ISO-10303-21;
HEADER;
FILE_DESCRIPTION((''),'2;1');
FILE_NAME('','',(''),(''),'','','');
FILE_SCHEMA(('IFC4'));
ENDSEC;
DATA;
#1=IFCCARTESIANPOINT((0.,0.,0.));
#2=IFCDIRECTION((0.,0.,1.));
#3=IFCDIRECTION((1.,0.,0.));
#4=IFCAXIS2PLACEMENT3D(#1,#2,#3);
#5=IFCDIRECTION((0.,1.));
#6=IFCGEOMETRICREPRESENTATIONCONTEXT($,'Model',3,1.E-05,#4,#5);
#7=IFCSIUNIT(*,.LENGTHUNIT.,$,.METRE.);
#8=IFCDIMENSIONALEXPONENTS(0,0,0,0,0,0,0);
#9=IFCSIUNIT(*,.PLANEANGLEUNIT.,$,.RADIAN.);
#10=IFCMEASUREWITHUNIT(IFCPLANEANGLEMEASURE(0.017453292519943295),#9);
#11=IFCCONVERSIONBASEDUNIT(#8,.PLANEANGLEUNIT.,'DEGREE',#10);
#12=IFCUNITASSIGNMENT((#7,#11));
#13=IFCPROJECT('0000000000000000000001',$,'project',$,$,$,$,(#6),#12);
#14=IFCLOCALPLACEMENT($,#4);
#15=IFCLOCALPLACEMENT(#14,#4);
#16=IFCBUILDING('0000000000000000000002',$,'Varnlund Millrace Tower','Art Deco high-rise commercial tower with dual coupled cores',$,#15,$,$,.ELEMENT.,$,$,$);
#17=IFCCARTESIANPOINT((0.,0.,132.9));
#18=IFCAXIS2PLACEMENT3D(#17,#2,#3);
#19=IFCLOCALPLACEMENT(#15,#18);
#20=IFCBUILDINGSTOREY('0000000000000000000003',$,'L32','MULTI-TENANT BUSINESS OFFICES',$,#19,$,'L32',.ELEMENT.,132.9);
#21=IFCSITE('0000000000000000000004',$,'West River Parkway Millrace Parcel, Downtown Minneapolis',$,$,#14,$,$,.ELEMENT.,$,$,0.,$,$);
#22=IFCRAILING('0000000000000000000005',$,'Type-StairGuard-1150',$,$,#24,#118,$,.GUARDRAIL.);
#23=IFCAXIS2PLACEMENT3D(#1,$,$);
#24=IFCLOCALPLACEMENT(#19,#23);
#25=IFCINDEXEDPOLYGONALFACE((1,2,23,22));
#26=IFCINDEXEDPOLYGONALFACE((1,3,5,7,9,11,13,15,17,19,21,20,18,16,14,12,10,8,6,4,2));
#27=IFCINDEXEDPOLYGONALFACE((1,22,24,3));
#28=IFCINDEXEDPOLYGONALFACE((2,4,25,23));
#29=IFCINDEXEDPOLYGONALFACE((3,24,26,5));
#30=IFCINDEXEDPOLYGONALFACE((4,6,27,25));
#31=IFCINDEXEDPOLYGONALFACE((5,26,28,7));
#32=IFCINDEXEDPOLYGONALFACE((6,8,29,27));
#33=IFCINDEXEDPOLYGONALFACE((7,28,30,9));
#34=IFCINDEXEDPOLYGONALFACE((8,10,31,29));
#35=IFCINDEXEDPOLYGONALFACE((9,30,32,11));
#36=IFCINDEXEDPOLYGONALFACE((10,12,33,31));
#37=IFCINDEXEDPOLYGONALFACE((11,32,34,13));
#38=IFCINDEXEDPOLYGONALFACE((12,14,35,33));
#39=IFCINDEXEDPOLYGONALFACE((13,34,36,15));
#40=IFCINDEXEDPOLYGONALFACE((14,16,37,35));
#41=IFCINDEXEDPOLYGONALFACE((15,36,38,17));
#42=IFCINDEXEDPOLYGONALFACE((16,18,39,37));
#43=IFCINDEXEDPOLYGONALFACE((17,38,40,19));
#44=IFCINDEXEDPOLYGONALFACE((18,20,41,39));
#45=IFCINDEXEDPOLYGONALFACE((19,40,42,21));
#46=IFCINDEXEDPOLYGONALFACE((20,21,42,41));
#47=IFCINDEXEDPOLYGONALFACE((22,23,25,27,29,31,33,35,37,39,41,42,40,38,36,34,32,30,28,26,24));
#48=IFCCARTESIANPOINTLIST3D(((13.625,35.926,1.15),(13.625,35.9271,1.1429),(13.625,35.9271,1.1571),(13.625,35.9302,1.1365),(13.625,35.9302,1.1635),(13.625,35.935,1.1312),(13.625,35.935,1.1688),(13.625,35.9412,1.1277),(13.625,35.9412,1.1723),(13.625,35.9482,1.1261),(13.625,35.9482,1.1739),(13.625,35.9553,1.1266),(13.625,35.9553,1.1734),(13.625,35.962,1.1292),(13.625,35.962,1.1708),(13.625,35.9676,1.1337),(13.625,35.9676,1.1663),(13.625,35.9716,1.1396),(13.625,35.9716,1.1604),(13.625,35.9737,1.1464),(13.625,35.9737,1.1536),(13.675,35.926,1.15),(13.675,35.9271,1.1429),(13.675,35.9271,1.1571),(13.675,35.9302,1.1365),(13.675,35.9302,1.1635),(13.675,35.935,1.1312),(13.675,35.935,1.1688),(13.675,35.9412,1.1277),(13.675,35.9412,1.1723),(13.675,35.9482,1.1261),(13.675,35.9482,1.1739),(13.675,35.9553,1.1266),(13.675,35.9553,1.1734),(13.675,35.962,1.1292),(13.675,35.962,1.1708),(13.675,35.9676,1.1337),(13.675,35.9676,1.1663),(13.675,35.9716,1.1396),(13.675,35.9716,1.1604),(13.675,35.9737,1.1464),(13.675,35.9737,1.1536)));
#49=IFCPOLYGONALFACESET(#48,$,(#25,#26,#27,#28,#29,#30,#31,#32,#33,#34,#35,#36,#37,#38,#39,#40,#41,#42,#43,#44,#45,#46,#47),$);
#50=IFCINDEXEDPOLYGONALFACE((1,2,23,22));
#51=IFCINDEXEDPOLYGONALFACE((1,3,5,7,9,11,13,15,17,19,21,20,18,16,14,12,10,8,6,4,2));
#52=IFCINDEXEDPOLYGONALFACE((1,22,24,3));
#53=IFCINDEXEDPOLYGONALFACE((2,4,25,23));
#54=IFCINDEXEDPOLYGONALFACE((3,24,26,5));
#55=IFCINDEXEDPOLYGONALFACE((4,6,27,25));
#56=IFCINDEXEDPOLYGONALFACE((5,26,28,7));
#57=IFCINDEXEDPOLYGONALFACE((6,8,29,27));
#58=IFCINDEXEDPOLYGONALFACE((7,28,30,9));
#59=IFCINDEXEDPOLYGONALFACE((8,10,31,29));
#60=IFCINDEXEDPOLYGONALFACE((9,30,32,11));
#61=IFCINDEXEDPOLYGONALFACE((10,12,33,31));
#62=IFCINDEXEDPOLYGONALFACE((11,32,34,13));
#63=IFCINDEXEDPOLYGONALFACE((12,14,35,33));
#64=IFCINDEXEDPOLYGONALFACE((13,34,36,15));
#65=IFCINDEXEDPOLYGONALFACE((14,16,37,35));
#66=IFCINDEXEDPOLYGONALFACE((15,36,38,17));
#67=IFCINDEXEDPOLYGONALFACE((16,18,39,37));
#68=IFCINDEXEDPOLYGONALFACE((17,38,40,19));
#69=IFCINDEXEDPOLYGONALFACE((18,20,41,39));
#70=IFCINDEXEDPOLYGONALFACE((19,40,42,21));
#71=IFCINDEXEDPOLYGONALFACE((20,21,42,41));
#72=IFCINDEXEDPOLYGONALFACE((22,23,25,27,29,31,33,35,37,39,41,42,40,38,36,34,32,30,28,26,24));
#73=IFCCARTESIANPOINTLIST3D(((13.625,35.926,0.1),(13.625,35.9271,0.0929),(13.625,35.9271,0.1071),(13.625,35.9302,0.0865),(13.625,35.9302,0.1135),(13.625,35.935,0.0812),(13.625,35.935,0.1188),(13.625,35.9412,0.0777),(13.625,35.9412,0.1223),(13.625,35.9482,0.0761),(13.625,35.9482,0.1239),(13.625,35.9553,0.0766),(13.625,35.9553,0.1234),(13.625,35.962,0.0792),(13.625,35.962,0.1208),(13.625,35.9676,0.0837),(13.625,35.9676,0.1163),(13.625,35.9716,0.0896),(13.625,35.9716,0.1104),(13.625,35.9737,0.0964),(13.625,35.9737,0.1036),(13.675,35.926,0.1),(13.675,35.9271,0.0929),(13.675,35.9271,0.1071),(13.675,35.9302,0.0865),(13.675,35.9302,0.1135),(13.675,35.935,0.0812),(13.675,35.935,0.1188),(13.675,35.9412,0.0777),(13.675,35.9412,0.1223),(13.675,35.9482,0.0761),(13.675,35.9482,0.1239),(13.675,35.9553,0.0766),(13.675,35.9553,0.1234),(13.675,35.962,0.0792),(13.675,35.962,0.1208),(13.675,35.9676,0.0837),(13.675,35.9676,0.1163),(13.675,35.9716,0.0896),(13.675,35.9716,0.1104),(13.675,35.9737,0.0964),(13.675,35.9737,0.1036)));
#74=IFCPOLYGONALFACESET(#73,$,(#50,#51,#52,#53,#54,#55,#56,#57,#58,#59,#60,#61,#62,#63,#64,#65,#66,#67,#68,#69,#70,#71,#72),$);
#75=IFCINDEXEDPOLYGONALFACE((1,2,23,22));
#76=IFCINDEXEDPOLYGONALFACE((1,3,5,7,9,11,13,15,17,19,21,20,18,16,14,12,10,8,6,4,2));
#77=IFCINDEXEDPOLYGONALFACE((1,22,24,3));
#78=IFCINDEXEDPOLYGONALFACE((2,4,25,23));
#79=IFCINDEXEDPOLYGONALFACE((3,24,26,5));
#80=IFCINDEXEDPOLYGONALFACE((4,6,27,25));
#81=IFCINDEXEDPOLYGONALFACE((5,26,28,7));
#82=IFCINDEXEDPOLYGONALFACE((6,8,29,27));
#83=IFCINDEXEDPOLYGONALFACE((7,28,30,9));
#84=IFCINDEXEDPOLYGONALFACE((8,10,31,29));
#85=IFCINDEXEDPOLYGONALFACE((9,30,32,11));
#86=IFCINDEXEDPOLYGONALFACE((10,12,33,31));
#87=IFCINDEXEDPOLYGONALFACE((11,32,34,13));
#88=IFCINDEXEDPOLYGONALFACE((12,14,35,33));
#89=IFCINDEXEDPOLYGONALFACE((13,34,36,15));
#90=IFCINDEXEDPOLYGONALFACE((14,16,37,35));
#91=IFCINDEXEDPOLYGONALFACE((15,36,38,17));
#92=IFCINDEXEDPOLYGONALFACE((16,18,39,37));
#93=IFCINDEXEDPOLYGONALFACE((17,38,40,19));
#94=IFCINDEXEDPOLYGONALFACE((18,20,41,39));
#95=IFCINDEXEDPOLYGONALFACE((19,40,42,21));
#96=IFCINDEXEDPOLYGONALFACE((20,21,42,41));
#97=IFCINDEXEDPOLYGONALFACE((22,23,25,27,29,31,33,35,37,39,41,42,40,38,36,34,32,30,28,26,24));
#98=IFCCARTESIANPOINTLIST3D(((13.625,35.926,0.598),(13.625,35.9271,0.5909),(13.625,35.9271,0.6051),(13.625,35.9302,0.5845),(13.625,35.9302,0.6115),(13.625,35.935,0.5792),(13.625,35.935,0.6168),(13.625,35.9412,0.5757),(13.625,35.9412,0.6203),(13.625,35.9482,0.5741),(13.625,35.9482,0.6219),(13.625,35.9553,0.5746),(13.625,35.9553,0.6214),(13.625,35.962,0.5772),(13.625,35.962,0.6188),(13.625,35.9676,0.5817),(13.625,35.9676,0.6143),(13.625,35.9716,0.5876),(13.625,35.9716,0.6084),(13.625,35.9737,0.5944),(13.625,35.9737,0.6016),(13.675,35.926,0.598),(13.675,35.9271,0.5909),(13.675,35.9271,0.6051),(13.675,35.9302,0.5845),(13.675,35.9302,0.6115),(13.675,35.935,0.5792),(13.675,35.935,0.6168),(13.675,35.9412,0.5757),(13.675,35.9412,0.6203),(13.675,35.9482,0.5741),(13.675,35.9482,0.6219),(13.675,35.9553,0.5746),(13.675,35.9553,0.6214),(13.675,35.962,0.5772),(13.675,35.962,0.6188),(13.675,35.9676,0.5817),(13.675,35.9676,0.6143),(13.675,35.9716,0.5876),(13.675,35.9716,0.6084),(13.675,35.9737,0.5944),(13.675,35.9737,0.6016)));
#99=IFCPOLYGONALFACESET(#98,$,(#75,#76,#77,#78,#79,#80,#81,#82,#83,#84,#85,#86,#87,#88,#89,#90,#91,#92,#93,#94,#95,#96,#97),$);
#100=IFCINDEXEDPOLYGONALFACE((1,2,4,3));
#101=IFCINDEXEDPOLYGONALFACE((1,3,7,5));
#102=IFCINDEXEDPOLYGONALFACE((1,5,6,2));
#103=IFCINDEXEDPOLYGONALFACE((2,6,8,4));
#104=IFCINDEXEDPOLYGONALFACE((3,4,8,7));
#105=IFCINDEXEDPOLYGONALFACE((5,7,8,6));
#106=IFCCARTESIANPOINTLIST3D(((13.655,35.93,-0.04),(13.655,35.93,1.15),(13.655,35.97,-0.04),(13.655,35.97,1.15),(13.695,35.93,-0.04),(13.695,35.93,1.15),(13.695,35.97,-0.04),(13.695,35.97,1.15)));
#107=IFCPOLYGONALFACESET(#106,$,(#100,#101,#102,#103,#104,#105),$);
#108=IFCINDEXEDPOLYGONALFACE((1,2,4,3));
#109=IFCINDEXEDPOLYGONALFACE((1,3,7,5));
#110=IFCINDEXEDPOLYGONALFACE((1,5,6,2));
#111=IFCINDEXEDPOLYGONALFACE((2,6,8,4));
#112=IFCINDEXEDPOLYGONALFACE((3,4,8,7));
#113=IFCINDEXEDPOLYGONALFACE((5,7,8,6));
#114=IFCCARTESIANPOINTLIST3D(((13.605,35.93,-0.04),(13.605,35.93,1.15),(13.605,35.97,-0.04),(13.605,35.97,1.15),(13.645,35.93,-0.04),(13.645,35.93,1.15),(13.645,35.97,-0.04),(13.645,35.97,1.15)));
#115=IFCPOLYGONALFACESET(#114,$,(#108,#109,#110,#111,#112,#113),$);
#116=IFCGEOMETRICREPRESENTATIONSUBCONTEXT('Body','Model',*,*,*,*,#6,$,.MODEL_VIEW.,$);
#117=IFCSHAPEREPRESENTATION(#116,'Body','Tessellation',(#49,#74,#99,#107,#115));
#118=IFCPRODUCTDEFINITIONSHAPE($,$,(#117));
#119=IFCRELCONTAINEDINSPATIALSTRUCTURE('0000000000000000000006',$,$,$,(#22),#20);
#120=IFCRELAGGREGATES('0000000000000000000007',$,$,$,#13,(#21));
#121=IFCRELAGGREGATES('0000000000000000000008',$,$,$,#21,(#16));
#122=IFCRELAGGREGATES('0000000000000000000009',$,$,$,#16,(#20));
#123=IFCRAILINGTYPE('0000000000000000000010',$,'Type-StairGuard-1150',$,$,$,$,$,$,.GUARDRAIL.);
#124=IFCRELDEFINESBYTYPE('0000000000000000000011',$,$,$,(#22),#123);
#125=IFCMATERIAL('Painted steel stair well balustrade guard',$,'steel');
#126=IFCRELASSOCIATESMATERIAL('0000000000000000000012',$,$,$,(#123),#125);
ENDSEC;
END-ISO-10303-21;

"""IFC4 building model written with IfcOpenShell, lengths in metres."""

from ifc_helpers import new_model, entity, si_unit, converted_unit, direction, frame, origin_with_axes, origin_2d_with_axis, place, context, subcontext, project, spatial, rectangle, circle, extrude, material, type_object, element, save


model = new_model("IFC4")

# Units and contexts
model_context = context("Model", 3, precision=1e-05, world=origin_with_axes(), true_north=direction((0.0, 1.0)))
body_context = subcontext(model_context, "Body", "Model", "MODEL_VIEW")
ifc_project = project(units=[si_unit("LENGTHUNIT", "METRE"), converted_unit("PLANEANGLEUNIT", "DEGREE", entity("IfcPlaneAngleMeasure", 0.017453292519943295), si_unit("PLANEANGLEUNIT", "RADIAN"), dimensions=[0, 0, 0, 0, 0, 0, 0])], contexts=[model_context])

# Site, building, storey
site_placement = place(None, origin_with_axes())
site = spatial("IfcSite", under=ifc_project, at=site_placement, Name="West River Parkway Millrace Parcel, Downtown Minneapolis", CompositionType="ELEMENT", RefElevation=0.0)
building_placement = place(site_placement, origin_with_axes())
building = spatial("IfcBuilding", under=site, at=building_placement, Name="Varnlund Millrace Tower", Description="Art Deco high-rise commercial tower with dual coupled cores", CompositionType="ELEMENT")
storey_placement = place(building_placement, frame((0.0, 0.0, 132.9), z_axis=(0.0, 0.0, 1.0), x_axis=(1.0, 0.0, 0.0)))
storey = spatial("IfcBuildingStorey", under=building, at=storey_placement, Name="L32", Description="MULTI-TENANT BUSINESS OFFICES", LongName="L32", CompositionType="ELEMENT", Elevation=132.9)

# Railing
ifc_material_1 = material(Name="Painted steel stair well balustrade guard", Category="steel")
railing_type_1 = type_object("IfcRailingType", Name="Type-StairGuard-1150", PredefinedType="GUARDRAIL", material=ifc_material_1)
railing_1_placement = place(storey_placement, frame((0.0, 0.0, -132.9), z_axis=(0.0, 0.0, 1.0), x_axis=(1.0, 0.0, 0.0)))
element("IfcRailing", 1, at=railing_1_placement, inside=storey, type_object=railing_type_1, Name="Type-StairGuard-1150", PredefinedType="GUARDRAIL", context=body_context, shape_type="SweptSolid", body=[
    extrude(circle(Radius=0.024, at=origin_2d_with_axis()), frame((13.675, 35.95, 134.05), z_axis=(-1.0, 0.0, 0.0), x_axis=(0.0, -1.0, 0.0)), (0.0, 0.0, 1.0), 0.05),
    extrude(circle(Radius=0.024, at=origin_2d_with_axis()), frame((13.675, 35.95, 133.0), z_axis=(-1.0, 0.0, 0.0), x_axis=(0.0, -1.0, 0.0)), (0.0, 0.0, 1.0), 0.05),
    extrude(circle(Radius=0.024, at=origin_2d_with_axis()), frame((13.675, 35.95, 133.498), z_axis=(-1.0, 0.0, 0.0), x_axis=(0.0, -1.0, 0.0)), (0.0, 0.0, 1.0), 0.05),
    extrude(rectangle(XDim=0.04, YDim=0.04, at=origin_2d_with_axis()), frame((13.675, 35.95, 132.86), z_axis=(0.0, 0.0, 1.0), x_axis=(1.0, 0.0, 0.0)), (0.0, 0.0, 1.0), 1.19),
    extrude(rectangle(XDim=0.04, YDim=0.04, at=origin_2d_with_axis()), frame((13.625, 35.95, 132.86), z_axis=(0.0, 0.0, 1.0), x_axis=(1.0, 0.0, 0.0)), (0.0, 0.0, 1.0), 1.19),
])

save(model, "model.ifc")
